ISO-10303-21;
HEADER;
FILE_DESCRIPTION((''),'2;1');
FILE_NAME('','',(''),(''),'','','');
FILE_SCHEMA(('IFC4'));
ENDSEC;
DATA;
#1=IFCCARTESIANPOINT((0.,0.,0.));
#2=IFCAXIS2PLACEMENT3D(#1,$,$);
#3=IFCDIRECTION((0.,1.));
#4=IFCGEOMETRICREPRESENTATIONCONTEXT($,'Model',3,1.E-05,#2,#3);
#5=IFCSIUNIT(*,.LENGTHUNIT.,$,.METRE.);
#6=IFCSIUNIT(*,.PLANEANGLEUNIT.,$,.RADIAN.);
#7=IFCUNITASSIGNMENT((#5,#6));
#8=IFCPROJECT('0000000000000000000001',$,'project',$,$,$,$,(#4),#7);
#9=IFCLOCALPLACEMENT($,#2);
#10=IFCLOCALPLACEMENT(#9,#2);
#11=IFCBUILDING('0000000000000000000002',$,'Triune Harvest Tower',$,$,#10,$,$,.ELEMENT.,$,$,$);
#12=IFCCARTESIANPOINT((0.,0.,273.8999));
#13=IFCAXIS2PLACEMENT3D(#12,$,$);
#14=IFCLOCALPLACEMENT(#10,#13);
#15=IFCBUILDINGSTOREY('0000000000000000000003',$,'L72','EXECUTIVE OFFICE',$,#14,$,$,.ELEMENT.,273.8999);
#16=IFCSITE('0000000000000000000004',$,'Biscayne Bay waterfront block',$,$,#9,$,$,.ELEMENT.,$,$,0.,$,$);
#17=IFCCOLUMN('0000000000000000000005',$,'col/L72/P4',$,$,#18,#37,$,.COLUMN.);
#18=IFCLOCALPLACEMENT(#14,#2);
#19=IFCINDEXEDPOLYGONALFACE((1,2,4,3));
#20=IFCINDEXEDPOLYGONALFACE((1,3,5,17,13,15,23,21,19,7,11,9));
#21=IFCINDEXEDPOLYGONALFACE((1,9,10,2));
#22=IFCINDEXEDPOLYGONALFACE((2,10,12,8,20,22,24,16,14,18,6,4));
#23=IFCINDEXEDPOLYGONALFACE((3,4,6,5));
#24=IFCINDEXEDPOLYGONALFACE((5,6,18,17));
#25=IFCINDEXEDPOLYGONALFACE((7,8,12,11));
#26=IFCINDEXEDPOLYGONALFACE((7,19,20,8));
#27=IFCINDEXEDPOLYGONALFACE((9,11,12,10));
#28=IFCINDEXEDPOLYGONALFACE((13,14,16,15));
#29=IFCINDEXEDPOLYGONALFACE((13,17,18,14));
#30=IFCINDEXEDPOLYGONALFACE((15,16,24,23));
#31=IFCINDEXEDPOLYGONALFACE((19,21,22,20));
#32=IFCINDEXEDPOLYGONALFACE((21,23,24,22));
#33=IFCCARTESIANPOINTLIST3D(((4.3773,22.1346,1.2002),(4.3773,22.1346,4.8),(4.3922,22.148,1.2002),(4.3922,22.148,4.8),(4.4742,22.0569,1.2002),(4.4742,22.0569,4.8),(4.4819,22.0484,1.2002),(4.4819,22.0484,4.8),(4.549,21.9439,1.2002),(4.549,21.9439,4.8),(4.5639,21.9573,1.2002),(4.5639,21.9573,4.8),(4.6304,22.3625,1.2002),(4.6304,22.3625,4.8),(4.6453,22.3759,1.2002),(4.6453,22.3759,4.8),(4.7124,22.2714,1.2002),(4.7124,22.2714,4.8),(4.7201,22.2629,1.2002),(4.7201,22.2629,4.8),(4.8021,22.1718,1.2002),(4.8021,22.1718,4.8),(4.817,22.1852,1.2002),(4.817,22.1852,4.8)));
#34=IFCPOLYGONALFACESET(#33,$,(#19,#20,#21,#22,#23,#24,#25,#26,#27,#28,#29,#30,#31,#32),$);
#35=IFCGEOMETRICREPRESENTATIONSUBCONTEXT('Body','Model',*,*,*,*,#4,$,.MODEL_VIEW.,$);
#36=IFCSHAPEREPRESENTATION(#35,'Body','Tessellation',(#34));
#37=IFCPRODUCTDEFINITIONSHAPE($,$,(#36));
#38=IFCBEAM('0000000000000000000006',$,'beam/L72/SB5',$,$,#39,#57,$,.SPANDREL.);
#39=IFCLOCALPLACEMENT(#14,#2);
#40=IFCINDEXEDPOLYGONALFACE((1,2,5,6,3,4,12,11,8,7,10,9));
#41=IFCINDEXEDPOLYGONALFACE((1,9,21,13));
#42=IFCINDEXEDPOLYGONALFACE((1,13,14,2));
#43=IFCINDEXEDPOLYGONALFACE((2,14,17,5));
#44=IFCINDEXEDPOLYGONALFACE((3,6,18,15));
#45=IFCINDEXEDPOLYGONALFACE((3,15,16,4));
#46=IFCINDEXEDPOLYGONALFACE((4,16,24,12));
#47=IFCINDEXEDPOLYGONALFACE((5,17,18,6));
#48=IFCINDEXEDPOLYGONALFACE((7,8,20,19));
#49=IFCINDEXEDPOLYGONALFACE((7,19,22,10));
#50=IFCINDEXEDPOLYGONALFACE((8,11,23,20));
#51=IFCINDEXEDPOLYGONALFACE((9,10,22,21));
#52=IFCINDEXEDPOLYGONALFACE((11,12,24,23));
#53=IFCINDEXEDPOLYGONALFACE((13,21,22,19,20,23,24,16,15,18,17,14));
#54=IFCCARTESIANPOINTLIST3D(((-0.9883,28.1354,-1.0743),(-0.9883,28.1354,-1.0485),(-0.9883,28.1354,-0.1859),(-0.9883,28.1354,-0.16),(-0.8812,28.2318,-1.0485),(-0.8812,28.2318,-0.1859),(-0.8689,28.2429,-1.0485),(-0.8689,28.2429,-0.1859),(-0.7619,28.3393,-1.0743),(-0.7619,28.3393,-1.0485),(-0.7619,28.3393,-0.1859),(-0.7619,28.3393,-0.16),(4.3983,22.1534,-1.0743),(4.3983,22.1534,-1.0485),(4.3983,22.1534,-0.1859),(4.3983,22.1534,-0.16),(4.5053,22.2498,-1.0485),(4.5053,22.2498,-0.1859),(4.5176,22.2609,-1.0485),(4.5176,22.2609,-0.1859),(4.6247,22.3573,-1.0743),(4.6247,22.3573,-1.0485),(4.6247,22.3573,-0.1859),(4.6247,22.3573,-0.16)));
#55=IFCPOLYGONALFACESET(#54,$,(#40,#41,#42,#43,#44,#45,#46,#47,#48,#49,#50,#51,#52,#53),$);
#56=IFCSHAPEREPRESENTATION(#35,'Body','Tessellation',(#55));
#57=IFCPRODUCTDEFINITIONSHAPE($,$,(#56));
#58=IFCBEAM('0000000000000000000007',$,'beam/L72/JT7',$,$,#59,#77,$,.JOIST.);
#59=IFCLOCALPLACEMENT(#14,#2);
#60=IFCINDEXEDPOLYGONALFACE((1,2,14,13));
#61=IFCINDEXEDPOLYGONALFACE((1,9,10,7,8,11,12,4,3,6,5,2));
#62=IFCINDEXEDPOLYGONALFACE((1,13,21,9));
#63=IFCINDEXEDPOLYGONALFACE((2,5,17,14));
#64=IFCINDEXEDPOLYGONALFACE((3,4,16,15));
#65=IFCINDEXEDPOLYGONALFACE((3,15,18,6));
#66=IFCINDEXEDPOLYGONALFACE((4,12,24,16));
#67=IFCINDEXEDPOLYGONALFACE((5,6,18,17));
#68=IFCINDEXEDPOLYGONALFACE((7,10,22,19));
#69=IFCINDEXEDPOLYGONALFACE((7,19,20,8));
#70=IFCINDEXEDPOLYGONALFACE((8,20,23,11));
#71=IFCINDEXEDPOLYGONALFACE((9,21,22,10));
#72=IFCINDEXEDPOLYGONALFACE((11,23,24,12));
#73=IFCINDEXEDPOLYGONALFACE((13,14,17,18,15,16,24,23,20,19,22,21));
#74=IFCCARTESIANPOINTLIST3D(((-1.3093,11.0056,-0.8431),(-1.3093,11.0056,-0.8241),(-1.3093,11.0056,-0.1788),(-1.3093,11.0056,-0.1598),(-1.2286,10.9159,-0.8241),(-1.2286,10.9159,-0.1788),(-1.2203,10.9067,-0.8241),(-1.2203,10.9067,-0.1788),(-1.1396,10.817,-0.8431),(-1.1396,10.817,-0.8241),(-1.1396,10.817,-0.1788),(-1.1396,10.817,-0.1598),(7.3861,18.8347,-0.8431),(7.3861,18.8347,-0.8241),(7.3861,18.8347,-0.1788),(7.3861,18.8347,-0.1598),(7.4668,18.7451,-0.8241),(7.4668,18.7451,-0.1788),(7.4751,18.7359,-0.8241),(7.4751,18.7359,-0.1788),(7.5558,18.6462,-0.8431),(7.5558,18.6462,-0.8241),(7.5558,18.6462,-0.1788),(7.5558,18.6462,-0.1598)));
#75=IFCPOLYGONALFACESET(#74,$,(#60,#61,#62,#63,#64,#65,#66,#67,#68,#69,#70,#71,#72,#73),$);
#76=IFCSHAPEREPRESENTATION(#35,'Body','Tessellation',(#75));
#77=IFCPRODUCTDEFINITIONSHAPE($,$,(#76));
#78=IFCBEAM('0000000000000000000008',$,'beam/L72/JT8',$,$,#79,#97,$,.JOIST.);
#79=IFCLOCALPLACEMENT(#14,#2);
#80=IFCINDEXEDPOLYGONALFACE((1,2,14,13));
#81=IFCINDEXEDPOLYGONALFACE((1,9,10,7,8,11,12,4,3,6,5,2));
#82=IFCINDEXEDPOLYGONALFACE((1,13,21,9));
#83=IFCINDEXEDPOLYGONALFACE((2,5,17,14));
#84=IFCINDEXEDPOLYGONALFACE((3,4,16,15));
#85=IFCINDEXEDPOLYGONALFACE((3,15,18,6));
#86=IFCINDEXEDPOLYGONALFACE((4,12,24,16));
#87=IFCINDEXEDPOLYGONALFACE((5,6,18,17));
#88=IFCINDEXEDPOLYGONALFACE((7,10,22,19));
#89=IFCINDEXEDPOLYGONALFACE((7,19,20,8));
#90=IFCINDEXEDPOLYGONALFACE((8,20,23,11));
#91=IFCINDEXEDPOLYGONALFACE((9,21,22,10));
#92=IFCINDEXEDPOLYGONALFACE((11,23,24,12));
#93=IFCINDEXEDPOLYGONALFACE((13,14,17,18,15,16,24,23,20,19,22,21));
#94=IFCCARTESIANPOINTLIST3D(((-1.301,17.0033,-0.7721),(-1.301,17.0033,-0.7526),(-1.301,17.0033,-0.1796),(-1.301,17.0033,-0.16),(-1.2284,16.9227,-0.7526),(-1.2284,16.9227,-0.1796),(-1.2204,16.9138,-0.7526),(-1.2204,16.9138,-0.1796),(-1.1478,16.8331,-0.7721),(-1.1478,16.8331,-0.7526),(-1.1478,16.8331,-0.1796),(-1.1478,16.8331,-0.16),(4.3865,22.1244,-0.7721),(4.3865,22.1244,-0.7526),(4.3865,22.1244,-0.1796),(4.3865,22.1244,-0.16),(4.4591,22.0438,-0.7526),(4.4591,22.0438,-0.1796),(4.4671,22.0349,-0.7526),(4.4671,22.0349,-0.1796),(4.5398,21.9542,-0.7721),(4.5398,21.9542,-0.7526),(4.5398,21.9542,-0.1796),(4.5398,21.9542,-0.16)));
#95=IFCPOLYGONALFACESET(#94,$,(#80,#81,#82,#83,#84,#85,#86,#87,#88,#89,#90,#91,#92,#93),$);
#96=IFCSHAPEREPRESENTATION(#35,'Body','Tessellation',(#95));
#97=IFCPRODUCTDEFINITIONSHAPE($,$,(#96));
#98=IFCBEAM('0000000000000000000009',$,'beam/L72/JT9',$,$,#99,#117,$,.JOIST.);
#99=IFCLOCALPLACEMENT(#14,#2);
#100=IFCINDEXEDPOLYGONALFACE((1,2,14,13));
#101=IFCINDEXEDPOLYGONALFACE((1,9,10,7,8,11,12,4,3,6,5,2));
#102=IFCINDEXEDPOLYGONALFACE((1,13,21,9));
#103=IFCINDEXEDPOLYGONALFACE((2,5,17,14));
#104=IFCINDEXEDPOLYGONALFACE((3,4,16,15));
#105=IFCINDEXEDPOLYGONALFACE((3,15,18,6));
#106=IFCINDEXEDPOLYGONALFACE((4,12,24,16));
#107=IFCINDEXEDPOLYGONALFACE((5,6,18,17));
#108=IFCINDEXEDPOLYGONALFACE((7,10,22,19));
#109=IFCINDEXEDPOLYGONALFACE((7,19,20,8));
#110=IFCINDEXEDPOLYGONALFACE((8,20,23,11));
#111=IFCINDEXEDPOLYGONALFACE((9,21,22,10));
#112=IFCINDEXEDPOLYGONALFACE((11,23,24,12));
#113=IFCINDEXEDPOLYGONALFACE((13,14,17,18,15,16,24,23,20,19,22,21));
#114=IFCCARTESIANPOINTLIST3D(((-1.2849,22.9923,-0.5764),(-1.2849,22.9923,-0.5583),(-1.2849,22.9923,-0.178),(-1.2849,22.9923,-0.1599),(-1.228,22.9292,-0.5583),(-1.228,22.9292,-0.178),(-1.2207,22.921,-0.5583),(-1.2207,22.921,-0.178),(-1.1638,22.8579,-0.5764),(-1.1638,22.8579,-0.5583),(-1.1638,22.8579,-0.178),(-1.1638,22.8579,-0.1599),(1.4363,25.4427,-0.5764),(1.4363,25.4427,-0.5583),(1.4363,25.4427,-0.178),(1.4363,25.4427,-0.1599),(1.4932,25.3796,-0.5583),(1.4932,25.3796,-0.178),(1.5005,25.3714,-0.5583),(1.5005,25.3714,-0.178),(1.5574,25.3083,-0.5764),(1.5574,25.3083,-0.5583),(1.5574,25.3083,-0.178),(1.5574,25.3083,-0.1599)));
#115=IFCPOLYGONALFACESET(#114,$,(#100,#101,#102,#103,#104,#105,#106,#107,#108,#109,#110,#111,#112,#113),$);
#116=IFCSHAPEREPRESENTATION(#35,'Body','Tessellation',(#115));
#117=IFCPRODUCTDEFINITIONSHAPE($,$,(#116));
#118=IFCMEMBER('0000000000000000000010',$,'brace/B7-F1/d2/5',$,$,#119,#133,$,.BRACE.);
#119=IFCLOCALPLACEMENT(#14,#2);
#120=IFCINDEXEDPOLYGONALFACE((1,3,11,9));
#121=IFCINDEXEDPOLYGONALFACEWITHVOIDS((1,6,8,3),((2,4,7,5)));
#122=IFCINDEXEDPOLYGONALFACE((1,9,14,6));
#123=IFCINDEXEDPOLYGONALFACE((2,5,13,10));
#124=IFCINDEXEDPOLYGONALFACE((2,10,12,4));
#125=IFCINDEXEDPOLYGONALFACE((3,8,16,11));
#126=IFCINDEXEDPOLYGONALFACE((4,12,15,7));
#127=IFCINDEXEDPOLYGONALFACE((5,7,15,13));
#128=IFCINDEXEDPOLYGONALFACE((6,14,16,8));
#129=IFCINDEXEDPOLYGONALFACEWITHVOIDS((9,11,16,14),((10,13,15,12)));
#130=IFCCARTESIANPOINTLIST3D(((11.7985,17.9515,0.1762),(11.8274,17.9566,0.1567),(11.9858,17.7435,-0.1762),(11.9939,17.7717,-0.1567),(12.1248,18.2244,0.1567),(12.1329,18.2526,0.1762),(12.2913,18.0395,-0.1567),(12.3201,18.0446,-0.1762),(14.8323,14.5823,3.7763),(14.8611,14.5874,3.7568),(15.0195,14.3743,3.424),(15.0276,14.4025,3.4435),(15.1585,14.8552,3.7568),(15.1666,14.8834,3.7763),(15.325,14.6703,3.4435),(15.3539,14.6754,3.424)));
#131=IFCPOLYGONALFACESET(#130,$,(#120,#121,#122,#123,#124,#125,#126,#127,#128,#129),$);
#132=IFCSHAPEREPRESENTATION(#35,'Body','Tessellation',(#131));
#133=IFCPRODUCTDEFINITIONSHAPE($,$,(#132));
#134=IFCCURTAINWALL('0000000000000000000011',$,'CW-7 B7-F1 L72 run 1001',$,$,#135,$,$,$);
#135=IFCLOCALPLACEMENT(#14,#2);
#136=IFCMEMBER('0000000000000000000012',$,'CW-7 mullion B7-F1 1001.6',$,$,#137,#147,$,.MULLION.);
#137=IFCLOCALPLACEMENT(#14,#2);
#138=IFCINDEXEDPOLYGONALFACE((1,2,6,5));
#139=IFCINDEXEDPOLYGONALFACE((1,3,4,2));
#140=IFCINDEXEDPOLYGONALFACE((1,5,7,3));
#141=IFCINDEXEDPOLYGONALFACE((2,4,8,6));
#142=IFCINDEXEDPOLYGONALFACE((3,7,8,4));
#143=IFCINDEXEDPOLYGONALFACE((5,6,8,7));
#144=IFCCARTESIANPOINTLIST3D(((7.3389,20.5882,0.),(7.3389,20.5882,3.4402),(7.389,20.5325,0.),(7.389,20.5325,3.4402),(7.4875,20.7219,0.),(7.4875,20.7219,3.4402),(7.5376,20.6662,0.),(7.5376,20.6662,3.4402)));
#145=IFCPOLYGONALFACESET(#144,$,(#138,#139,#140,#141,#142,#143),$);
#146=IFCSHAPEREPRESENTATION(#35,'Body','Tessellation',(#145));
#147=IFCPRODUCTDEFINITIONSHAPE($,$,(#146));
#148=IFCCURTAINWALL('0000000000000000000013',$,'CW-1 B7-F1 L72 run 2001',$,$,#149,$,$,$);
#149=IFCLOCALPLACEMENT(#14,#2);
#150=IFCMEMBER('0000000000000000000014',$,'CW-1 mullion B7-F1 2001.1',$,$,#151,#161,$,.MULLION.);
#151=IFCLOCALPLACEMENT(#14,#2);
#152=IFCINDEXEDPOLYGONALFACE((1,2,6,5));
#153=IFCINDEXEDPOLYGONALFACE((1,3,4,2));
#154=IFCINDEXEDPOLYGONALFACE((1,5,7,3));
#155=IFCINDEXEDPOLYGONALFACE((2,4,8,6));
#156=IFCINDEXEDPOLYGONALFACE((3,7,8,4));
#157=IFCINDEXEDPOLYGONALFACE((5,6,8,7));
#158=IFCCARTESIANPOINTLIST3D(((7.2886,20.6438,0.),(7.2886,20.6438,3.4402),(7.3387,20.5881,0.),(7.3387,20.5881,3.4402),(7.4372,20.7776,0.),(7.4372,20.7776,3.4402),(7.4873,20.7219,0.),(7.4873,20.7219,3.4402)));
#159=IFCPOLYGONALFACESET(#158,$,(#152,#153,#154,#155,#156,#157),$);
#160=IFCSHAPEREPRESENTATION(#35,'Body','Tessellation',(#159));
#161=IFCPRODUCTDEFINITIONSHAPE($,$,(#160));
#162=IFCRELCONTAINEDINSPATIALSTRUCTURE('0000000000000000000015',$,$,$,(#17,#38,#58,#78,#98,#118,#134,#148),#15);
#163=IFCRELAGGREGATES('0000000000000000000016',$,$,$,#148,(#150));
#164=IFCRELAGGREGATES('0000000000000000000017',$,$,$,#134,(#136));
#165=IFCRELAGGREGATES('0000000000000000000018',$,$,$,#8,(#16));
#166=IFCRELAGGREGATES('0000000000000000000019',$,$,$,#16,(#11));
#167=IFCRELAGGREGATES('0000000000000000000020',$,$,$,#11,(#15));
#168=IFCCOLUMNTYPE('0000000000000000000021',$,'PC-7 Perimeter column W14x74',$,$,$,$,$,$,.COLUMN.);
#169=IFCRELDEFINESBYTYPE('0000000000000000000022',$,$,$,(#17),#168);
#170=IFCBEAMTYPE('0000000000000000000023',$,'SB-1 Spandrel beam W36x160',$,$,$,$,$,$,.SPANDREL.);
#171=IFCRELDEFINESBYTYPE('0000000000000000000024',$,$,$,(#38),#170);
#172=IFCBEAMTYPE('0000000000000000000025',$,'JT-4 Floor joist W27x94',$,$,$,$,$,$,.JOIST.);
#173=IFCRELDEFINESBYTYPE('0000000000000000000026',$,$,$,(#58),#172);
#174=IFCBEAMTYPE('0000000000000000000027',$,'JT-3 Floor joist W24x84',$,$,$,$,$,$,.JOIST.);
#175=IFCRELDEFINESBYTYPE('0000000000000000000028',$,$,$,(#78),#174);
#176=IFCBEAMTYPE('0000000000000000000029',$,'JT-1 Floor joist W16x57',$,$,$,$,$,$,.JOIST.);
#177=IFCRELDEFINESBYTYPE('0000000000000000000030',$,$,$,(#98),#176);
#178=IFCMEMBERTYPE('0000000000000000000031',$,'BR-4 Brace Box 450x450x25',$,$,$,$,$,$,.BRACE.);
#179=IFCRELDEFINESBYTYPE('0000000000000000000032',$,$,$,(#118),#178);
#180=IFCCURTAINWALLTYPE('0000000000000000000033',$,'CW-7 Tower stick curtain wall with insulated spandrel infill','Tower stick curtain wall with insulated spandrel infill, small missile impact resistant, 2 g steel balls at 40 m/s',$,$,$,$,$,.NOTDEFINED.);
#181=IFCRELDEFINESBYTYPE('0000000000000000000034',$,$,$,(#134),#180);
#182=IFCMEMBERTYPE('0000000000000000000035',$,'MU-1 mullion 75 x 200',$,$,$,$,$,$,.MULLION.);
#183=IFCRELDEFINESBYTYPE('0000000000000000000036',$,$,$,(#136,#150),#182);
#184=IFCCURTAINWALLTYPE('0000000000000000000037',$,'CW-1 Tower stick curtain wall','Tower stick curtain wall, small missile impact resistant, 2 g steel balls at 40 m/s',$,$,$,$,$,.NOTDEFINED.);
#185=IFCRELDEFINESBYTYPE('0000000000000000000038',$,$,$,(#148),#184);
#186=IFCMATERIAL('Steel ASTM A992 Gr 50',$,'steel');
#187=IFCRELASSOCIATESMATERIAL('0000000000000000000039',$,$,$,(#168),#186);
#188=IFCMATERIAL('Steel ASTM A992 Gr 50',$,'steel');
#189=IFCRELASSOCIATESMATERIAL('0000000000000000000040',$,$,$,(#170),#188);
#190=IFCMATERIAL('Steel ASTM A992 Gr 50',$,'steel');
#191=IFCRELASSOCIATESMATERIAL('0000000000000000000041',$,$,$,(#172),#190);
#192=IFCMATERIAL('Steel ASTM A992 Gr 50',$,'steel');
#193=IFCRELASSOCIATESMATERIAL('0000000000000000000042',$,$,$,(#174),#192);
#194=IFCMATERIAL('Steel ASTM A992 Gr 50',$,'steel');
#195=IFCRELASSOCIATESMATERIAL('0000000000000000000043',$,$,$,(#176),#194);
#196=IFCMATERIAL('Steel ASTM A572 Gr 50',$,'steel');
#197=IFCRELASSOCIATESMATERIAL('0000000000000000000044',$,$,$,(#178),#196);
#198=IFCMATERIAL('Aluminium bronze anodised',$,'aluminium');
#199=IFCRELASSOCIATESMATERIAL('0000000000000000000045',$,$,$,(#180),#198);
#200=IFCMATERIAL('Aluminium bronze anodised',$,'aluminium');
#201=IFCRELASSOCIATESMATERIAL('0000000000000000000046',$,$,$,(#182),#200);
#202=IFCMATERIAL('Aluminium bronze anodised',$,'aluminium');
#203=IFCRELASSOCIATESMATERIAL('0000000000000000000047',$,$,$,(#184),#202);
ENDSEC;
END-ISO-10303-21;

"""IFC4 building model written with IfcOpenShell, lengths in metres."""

from ifc_helpers import new_model, si_unit, direction, frame, origin, origin_2d, place, context, subcontext, project, spatial, rectangle, hollow_rectangle, i_section, extrude, source, transform, mapped, material, material_profile, profile_set, type_object, element, aggregate, save


model = new_model("IFC4")

# Units and contexts
model_context = context("Model", 3, precision=1e-05, world=origin(), true_north=direction((0.0, 1.0)))
body_context = subcontext(model_context, "Body", "Model", "MODEL_VIEW")
ifc_project = project(units=[si_unit("LENGTHUNIT", "METRE"), si_unit("PLANEANGLEUNIT", "RADIAN")], contexts=[model_context])

# Site, building, storey
site_placement = place(None, origin())
site = spatial("IfcSite", under=ifc_project, at=site_placement, Name="Biscayne Bay waterfront block", CompositionType="ELEMENT", RefElevation=0.0)
building_placement = place(site_placement, origin())
building = spatial("IfcBuilding", under=site, at=building_placement, Name="Triune Harvest Tower", CompositionType="ELEMENT")
storey_placement = place(building_placement, frame((0.0, 0.0, 273.8999)))
storey = spatial("IfcBuildingStorey", under=building, at=storey_placement, Name="L72", Description="EXECUTIVE OFFICE", CompositionType="ELEMENT", Elevation=273.8999)

# Column
ifc_material_1 = material(Name="Steel ASTM A992 Gr 50", Category="steel")
ifc_material_profile_1 = material_profile(ifc_material_1, i_section(OverallWidth=0.2566, OverallDepth=0.3606, WebThickness=0.0115, FlangeThickness=0.02, at=origin_2d()), Name="W14x74")
ifc_profile_set_1 = profile_set([ifc_material_profile_1], Name="Steel ASTM A992 Gr 50")
column_type = type_object("IfcColumnType", Name="PC-7 Perimeter column W14x74", PredefinedType="COLUMN", material=ifc_profile_set_1)
shared_shape_1 = source(origin(), body_context, "Body", "SweptSolid", [
    extrude(i_section(OverallWidth=0.2566, OverallDepth=0.3606, WebThickness=0.0115, FlangeThickness=0.02, at=origin_2d()), origin(), (0.0, 0.0, 1.0), 3.5999),
])
column_placement = place(storey_placement, frame((4.5972, 22.1599, 1.2002), z_axis=(0.0, 0.0, 1.0), x_axis=(-0.669131, 0.743145, 0.0)))
element("IfcColumn", 1, at=column_placement, inside=storey, type_object=column_type, Name="col/L72/P4", PredefinedType="COLUMN", context=body_context, shape_type="MappedRepresentation", body=[
    mapped(shared_shape_1, transform((0.0, 0.0, 0.0), scale=1.0)),
])

# Beams
ifc_material_2 = material(Name="Steel ASTM A992 Gr 50", Category="steel")
ifc_material_profile_2 = material_profile(ifc_material_2, i_section(OverallWidth=0.3047, OverallDepth=0.9143, WebThickness=0.0166, FlangeThickness=0.0259, at=origin_2d()), Name="W36x160")
ifc_profile_set_2 = profile_set([ifc_material_profile_2], Name="Steel ASTM A992 Gr 50")
beam_type_1 = type_object("IfcBeamType", Name="SB-1 Spandrel beam W36x160", PredefinedType="SPANDREL", material=ifc_profile_set_2)
shared_shape_2 = source(origin(), body_context, "Body", "SweptSolid", [
    extrude(i_section(OverallWidth=0.3047, OverallDepth=0.9143, WebThickness=0.0166, FlangeThickness=0.0259, at=origin_2d()), origin(), (0.0, 0.0, 1.0), 8.0498),
])
beam_1_placement = place(storey_placement, frame((4.5115, 22.2554, -0.6172), z_axis=(-0.669152, 0.743125, 0.0), x_axis=(-0.743125, -0.669152, 0.0)))
element("IfcBeam", 2, at=beam_1_placement, inside=storey, type_object=beam_type_1, Name="beam/L72/SB5", PredefinedType="SPANDREL", context=body_context, shape_type="MappedRepresentation", body=[
    mapped(shared_shape_2, transform((0.0, 0.0, 0.0), scale=1.0)),
])
ifc_material_3 = material(Name="Steel ASTM A992 Gr 50", Category="steel")
ifc_material_profile_3 = material_profile(ifc_material_3, i_section(OverallWidth=0.2537, OverallDepth=0.6833, WebThickness=0.0125, FlangeThickness=0.019, at=origin_2d()), Name="W27x94")
ifc_profile_set_3 = profile_set([ifc_material_profile_3], Name="Steel ASTM A992 Gr 50")
beam_type_2 = type_object("IfcBeamType", Name="JT-4 Floor joist W27x94", PredefinedType="JOIST", material=ifc_profile_set_3)
shared_shape_3 = source(origin(), body_context, "Body", "SweptSolid", [
    extrude(i_section(OverallWidth=0.2537, OverallDepth=0.6833, WebThickness=0.0125, FlangeThickness=0.019, at=origin_2d()), origin(), (0.0, 0.0, 1.0), 11.7007),
])
beam_2_placement = place(storey_placement, frame((7.4709, 18.7405, -0.5015), z_axis=(-0.743153, -0.669121, 0.0), x_axis=(0.669121, -0.743153, 0.0)))
element("IfcBeam", 3, at=beam_2_placement, inside=storey, type_object=beam_type_2, Name="beam/L72/JT7", PredefinedType="JOIST", context=body_context, shape_type="MappedRepresentation", body=[
    mapped(shared_shape_3, transform((0.0, 0.0, 0.0), scale=1.0)),
])
ifc_material_4 = material(Name="Steel ASTM A992 Gr 50", Category="steel")
ifc_material_profile_4 = material_profile(ifc_material_4, i_section(OverallWidth=0.229, OverallDepth=0.6121, WebThickness=0.012, FlangeThickness=0.0195, at=origin_2d()), Name="W24x84")
ifc_profile_set_4 = profile_set([ifc_material_profile_4], Name="Steel ASTM A992 Gr 50")
beam_type_3 = type_object("IfcBeamType", Name="JT-3 Floor joist W24x84", PredefinedType="JOIST", material=ifc_profile_set_4)
shared_shape_4 = source(origin(), body_context, "Body", "SweptSolid", [
    extrude(i_section(OverallWidth=0.229, OverallDepth=0.6121, WebThickness=0.012, FlangeThickness=0.0195, at=origin_2d()), origin(), (0.0, 0.0, 1.0), 7.6533),
])
beam_3_placement = place(storey_placement, frame((4.4631, 22.0393, -0.4661), z_axis=(-0.743142, -0.669134, 0.0), x_axis=(0.669134, -0.743142, 0.0)))
element("IfcBeam", 4, at=beam_3_placement, inside=storey, type_object=beam_type_3, Name="beam/L72/JT8", PredefinedType="JOIST", context=body_context, shape_type="MappedRepresentation", body=[
    mapped(shared_shape_4, transform((0.0, 0.0, 0.0), scale=1.0)),
])
ifc_material_5 = material(Name="Steel ASTM A992 Gr 50", Category="steel")
ifc_material_profile_5 = material_profile(ifc_material_5, i_section(OverallWidth=0.1809, OverallDepth=0.4165, WebThickness=0.011, FlangeThickness=0.0181, at=origin_2d()), Name="W16x57")
ifc_profile_set_5 = profile_set([ifc_material_profile_5], Name="Steel ASTM A992 Gr 50")
beam_type_4 = type_object("IfcBeamType", Name="JT-1 Floor joist W16x57", PredefinedType="JOIST", material=ifc_profile_set_5)
shared_shape_5 = source(origin(), body_context, "Body", "SweptSolid", [
    extrude(i_section(OverallWidth=0.1809, OverallDepth=0.4165, WebThickness=0.011, FlangeThickness=0.0181, at=origin_2d()), origin(), (0.0, 0.0, 1.0), 3.6619),
])
beam_4_placement = place(storey_placement, frame((1.4968, 25.3755, -0.3682), z_axis=(-0.743108, -0.669171, 0.0), x_axis=(0.669171, -0.743108, 0.0)))
element("IfcBeam", 5, at=beam_4_placement, inside=storey, type_object=beam_type_4, Name="beam/L72/JT9", PredefinedType="JOIST", context=body_context, shape_type="MappedRepresentation", body=[
    mapped(shared_shape_5, transform((0.0, 0.0, 0.0), scale=1.0)),
])

# Member
ifc_material_6 = material(Name="Steel ASTM A572 Gr 50", Category="steel")
ifc_material_profile_6 = material_profile(ifc_material_6, hollow_rectangle(XDim=0.45, YDim=0.45, WallThickness=0.0249, at=origin_2d()), Name="Box 450x450x25")
ifc_profile_set_6 = profile_set([ifc_material_profile_6], Name="Steel ASTM A572 Gr 50")
member_type_1 = type_object("IfcMemberType", Name="BR-4 Brace Box 450x450x25", PredefinedType="BRACE", material=ifc_profile_set_6)
shared_shape_6 = source(origin(), body_context, "Body", "SweptSolid", [
    extrude(hollow_rectangle(XDim=0.45, YDim=0.45, WallThickness=0.0249, at=origin_2d()), origin(), (0.0, 0.0, 1.0), 5.7893),
])
member_1_placement = place(storey_placement, frame((12.0593, 17.998, 0.0), z_axis=(0.524024, -0.581968, 0.621862), x_axis=(0.743133, 0.669143, 0.0)))
element("IfcMember", 6, at=member_1_placement, inside=storey, type_object=member_type_1, Name="brace/B7-F1/d2/5", PredefinedType="BRACE", context=body_context, shape_type="MappedRepresentation", body=[
    mapped(shared_shape_6, transform((0.0, 0.0, 0.0), scale=1.0)),
])

# Curtain wall, member
ifc_material_7 = material(Name="Aluminium bronze anodised", Category="aluminium")
curtain_wall_type_1 = type_object("IfcCurtainWallType", Name="CW-7 Tower stick curtain wall with insulated spandrel infill", Description="Tower stick curtain wall with insulated spandrel infill, small missile impact resistant, 2 g steel balls at 40 m/s", PredefinedType="NOTDEFINED", material=ifc_material_7)
curtain_wall_1_placement = place(storey_placement, origin())
curtain_wall_1 = element("IfcCurtainWall", 7, at=curtain_wall_1_placement, inside=storey, type_object=curtain_wall_type_1, Name="CW-7 B7-F1 L72 run 1001")
ifc_material_8 = material(Name="Aluminium bronze anodised", Category="aluminium")
ifc_material_profile_7 = material_profile(ifc_material_8, rectangle(XDim=0.2, YDim=0.075, at=origin_2d()), Name="MU-1 mullion 75 x 200")
ifc_profile_set_7 = profile_set([ifc_material_profile_7], Name="Aluminium bronze anodised")
member_type_2 = type_object("IfcMemberType", Name="MU-1 mullion 75 x 200", PredefinedType="MULLION", material=ifc_profile_set_7)
shared_shape_7 = source(origin(), body_context, "Body", "SweptSolid", [
    extrude(rectangle(XDim=0.2, YDim=0.075, at=origin_2d()), origin(), (0.0, 0.0, 1.0), 3.4402),
])
member_2_placement = place(storey_placement, frame((7.4382, 20.6272, 0.0), z_axis=(0.0, 0.0, 1.0), x_axis=(-0.743144, -0.669131, 0.0)))
member_2 = element("IfcMember", 8, at=member_2_placement, type_object=member_type_2, Name="CW-7 mullion B7-F1 1001.6", PredefinedType="MULLION", context=body_context, shape_type="MappedRepresentation", body=[
    mapped(shared_shape_7, transform((0.0, 0.0, 0.0), scale=1.0)),
])

# Curtain wall, member
ifc_material_9 = material(Name="Aluminium bronze anodised", Category="aluminium")
curtain_wall_type_2 = type_object("IfcCurtainWallType", Name="CW-1 Tower stick curtain wall", Description="Tower stick curtain wall, small missile impact resistant, 2 g steel balls at 40 m/s", PredefinedType="NOTDEFINED", material=ifc_material_9)
curtain_wall_2_placement = place(storey_placement, origin())
curtain_wall_2 = element("IfcCurtainWall", 9, at=curtain_wall_2_placement, inside=storey, type_object=curtain_wall_type_2, Name="CW-1 B7-F1 L72 run 2001")
member_3_placement = place(storey_placement, frame((7.3879, 20.6829, 0.0), z_axis=(0.0, 0.0, 1.0), x_axis=(-0.743144, -0.669131, 0.0)))
member_3 = element("IfcMember", 10, at=member_3_placement, type_object=member_type_2, Name="CW-1 mullion B7-F1 2001.1", PredefinedType="MULLION", context=body_context, shape_type="MappedRepresentation", body=[
    mapped(shared_shape_7, transform((0.0, 0.0, 0.0), scale=1.0)),
])

aggregate(curtain_wall_2, [member_3])
aggregate(curtain_wall_1, [member_2])

save(model, "model.ifc")
